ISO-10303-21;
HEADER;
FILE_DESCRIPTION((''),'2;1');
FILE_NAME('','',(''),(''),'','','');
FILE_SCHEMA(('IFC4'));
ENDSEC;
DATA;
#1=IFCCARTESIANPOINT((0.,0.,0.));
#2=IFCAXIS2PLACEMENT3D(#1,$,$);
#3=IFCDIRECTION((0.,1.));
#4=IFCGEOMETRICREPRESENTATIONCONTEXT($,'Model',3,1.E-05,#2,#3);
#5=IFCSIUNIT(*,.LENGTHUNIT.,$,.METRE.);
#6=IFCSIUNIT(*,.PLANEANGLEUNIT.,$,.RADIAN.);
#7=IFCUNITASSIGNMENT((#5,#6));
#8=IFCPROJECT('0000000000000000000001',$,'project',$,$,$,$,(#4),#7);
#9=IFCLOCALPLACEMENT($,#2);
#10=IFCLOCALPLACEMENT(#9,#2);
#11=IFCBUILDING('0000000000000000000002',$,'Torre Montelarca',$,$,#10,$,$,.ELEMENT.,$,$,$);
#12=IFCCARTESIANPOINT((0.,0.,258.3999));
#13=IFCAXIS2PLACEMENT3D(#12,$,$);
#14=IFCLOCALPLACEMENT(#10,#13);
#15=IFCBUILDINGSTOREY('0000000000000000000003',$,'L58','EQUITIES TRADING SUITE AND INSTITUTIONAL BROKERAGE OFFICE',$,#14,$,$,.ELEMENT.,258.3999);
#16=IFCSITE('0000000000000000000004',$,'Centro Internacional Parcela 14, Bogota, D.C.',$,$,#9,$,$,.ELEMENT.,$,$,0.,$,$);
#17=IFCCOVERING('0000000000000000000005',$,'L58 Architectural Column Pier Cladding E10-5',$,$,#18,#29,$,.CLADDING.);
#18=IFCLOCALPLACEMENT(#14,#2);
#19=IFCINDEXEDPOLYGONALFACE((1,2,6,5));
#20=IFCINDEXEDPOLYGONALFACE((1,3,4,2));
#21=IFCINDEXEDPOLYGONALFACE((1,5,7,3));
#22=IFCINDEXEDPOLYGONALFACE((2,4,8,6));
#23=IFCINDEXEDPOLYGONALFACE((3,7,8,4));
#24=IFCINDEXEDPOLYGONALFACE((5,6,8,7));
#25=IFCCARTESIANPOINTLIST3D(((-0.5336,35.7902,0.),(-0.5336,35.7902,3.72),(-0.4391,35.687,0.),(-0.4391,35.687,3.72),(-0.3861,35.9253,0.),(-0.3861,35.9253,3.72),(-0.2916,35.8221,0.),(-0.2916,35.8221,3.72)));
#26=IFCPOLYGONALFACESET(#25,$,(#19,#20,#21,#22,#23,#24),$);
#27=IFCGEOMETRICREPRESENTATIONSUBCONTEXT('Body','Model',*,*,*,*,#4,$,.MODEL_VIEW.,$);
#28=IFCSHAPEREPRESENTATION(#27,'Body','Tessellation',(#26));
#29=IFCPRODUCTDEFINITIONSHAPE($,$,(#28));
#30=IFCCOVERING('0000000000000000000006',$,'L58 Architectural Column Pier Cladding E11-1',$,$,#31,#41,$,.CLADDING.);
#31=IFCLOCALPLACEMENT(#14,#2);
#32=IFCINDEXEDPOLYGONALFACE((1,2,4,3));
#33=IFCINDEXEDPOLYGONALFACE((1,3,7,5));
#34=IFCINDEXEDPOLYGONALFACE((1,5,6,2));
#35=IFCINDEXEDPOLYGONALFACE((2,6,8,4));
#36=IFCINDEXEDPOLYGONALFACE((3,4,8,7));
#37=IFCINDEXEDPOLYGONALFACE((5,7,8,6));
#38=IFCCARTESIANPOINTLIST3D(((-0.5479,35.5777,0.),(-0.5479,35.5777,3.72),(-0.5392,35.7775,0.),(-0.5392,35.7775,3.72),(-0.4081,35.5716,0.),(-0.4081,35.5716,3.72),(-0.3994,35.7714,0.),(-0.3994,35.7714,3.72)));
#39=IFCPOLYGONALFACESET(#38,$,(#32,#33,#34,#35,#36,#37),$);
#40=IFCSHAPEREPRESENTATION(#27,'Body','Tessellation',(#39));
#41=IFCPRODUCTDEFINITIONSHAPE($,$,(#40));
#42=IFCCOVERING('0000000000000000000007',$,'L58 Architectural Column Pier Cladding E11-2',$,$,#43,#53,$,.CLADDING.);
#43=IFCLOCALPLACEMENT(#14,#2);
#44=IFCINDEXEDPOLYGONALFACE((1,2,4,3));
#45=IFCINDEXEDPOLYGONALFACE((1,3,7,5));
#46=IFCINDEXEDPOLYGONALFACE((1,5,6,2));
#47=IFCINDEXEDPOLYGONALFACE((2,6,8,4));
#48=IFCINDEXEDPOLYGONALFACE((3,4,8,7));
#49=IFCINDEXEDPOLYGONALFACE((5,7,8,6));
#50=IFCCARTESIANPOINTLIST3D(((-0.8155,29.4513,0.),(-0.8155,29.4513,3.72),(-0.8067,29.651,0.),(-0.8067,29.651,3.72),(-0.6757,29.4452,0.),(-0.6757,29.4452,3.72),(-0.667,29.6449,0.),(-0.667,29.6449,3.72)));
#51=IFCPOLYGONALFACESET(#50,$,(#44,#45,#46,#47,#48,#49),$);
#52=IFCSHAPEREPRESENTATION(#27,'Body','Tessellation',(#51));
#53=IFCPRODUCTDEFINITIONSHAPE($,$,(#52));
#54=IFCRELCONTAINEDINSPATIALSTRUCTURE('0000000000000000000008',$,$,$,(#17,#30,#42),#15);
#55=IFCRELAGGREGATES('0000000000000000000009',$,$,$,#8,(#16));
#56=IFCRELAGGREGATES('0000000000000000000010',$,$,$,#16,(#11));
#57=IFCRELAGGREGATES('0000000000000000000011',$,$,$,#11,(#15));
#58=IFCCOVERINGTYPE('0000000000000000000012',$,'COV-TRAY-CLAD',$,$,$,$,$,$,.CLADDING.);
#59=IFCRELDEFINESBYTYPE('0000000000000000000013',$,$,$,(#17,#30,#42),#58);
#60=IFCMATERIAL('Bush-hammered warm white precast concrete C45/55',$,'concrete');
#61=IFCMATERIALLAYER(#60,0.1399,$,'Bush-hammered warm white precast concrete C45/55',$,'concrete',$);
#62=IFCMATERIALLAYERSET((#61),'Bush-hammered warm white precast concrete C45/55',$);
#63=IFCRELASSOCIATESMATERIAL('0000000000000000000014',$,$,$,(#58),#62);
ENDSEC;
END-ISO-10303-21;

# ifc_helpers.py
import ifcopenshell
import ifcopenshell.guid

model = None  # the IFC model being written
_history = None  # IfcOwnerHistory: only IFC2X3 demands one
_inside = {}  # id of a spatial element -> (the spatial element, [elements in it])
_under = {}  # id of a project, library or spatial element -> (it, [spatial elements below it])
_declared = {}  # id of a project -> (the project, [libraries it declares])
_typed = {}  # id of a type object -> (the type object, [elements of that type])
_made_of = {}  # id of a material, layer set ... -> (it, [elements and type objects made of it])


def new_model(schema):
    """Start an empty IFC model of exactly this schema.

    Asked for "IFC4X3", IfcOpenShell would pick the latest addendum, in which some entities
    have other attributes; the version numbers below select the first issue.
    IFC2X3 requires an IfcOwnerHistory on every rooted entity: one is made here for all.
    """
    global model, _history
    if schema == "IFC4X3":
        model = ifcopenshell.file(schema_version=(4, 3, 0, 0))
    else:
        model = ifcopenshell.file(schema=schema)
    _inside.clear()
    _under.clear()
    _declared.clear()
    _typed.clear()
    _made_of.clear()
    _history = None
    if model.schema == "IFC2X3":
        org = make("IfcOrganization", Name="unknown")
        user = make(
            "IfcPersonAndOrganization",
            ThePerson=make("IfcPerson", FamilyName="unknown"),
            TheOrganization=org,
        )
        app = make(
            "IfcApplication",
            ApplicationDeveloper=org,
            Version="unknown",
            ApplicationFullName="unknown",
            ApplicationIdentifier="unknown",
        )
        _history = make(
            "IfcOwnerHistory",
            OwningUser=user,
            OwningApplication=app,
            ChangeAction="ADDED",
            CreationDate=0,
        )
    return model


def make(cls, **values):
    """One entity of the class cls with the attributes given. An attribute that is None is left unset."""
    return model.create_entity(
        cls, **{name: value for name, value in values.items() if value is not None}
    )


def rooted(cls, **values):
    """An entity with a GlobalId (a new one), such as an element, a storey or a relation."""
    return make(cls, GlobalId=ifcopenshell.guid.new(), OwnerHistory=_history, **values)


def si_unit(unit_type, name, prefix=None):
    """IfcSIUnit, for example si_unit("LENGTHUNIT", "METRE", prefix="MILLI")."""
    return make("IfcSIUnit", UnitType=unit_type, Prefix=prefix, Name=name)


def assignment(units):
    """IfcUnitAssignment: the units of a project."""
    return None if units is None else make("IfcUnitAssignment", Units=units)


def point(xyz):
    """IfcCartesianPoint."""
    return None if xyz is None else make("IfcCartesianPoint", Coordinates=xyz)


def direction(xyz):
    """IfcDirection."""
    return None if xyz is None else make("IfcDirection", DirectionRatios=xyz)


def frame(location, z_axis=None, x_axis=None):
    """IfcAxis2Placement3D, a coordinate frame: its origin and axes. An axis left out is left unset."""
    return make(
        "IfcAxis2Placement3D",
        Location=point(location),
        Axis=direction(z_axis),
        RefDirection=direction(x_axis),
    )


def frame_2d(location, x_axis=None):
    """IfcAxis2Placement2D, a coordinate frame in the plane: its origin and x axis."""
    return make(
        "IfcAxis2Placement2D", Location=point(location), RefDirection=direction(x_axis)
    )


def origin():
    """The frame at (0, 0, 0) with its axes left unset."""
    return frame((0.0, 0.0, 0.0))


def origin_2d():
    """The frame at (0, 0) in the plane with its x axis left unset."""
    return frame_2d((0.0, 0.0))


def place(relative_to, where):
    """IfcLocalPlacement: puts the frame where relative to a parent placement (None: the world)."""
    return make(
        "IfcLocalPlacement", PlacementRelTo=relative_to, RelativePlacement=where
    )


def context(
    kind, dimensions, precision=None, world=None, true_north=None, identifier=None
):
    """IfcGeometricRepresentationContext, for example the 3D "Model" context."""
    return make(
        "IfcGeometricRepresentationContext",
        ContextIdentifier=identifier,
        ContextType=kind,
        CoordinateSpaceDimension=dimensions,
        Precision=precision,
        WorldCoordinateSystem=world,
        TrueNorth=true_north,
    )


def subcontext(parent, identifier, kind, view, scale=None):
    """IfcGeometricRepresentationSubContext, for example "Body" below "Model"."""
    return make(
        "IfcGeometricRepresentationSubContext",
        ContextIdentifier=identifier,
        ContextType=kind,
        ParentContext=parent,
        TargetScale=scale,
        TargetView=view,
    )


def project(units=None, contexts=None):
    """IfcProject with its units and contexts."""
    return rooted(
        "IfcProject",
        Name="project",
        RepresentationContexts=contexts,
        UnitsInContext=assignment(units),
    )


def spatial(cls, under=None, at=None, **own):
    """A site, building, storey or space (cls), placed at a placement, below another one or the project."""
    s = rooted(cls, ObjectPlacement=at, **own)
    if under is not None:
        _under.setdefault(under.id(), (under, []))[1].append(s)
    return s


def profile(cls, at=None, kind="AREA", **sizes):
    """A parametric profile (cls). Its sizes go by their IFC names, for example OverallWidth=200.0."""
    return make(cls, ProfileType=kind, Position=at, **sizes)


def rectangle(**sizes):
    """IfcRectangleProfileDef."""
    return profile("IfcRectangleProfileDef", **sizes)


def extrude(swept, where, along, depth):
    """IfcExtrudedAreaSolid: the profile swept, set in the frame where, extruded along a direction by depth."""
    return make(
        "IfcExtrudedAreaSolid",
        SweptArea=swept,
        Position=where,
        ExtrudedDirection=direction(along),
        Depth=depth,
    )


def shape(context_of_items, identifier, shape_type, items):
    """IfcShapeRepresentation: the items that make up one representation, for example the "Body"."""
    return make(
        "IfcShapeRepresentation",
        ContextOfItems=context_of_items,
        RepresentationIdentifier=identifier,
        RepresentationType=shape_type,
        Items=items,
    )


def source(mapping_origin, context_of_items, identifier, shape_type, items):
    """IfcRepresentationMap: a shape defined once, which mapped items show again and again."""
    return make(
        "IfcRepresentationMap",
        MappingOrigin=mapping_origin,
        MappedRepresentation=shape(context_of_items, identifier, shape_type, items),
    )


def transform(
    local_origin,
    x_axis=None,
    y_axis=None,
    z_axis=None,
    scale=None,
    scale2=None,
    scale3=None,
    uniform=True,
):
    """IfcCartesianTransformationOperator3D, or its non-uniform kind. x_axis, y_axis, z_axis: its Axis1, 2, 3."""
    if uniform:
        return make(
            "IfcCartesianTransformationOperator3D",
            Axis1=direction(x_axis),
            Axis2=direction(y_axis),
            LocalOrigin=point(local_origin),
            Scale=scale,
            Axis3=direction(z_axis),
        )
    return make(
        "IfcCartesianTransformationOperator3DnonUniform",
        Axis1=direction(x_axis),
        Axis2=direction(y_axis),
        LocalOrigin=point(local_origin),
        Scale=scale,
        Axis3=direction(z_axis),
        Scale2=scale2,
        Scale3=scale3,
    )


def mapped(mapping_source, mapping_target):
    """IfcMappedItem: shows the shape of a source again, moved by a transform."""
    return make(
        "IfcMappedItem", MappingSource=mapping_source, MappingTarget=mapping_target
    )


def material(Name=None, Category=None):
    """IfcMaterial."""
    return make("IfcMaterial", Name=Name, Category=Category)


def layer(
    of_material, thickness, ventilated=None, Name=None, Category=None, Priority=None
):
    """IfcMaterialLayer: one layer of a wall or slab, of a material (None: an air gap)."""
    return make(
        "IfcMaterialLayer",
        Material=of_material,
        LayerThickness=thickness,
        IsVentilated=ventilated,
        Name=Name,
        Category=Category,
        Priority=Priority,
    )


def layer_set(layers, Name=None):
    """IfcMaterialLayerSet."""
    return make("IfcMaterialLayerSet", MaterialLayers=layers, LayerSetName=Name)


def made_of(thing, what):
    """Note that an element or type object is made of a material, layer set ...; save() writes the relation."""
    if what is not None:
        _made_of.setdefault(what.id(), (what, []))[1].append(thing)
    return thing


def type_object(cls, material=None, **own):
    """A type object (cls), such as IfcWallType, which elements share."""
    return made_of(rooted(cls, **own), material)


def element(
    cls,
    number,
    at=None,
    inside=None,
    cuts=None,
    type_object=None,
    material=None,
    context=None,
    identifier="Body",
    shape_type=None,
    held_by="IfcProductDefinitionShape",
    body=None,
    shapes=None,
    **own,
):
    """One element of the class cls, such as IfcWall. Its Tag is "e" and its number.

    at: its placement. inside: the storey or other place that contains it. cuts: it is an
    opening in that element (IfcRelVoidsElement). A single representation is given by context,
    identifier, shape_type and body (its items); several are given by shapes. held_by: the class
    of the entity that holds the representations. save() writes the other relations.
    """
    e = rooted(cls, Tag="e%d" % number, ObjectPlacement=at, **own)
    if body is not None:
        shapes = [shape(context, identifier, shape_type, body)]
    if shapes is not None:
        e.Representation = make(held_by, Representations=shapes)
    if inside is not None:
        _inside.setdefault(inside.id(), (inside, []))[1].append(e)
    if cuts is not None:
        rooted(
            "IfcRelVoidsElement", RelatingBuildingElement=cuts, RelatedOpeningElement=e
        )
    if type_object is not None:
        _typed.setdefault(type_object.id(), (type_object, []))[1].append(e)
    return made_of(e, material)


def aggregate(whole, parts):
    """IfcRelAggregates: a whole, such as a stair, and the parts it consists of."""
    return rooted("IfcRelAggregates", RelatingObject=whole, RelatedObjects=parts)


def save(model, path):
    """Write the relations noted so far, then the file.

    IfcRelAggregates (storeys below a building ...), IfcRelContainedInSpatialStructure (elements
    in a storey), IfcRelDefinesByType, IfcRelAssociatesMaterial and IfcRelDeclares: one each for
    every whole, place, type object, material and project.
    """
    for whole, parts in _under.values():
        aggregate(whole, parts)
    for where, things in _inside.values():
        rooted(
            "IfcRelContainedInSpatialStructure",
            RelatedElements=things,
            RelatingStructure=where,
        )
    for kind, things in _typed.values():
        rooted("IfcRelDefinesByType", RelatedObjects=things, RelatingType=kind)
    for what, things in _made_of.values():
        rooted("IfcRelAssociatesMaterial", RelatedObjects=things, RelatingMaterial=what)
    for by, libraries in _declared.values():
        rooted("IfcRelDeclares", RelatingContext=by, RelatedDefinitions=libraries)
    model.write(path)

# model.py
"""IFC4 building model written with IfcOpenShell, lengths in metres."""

from ifc_helpers import new_model, si_unit, direction, frame, origin, origin_2d, place, context, subcontext, project, spatial, rectangle, extrude, source, transform, mapped, material, layer, layer_set, type_object, element, save


model = new_model("IFC4")

# Units and contexts
model_context = context("Model", 3, precision=1e-05, world=origin(), true_north=direction((0.0, 1.0)))
body_context = subcontext(model_context, "Body", "Model", "MODEL_VIEW")
ifc_project = project(units=[si_unit("LENGTHUNIT", "METRE"), si_unit("PLANEANGLEUNIT", "RADIAN")], contexts=[model_context])

# Site, building, storey
site_placement = place(None, origin())
site = spatial("IfcSite", under=ifc_project, at=site_placement, Name="Centro Internacional Parcela 14, Bogota, D.C.", CompositionType="ELEMENT", RefElevation=0.0)
building_placement = place(site_placement, origin())
building = spatial("IfcBuilding", under=site, at=building_placement, Name="Torre Montelarca", CompositionType="ELEMENT")
storey_placement = place(building_placement, frame((0.0, 0.0, 258.3999)))
storey = spatial("IfcBuildingStorey", under=building, at=storey_placement, Name="L58", Description="EQUITIES TRADING SUITE AND INSTITUTIONAL BROKERAGE OFFICE", CompositionType="ELEMENT", Elevation=258.3999)

# Coverings
ifc_material_1 = material(Name="Bush-hammered warm white precast concrete C45/55", Category="concrete")
ifc_layer_1 = layer(ifc_material_1, 0.1399, Name="Bush-hammered warm white precast concrete C45/55", Category="concrete")
ifc_layer_set_1 = layer_set([ifc_layer_1], Name="Bush-hammered warm white precast concrete C45/55")
covering_type = type_object("IfcCoveringType", Name="COV-TRAY-CLAD", PredefinedType="CLADDING", material=ifc_layer_set_1)
shared_shape_1 = source(origin(), body_context, "Body", "SweptSolid", [
    extrude(rectangle(XDim=0.2, YDim=0.1399, at=origin_2d()), origin(), (0.0, 0.0, 1.0), 3.72),
])
for number, where, z_axis, x_axis, name in (
    (1, (-0.4126, 35.8062, 0.0), (0.0, 0.0, 1.0), (-0.737276, -0.675591, 0.0), "L58 Architectural Column Pier Cladding E10-5"),
    (2, (-0.4736, 35.6746, 0.0), (0.0, 0.0, 1.0), (-0.043628, -0.999048, 0.0), "L58 Architectural Column Pier Cladding E11-1"),
    (3, (-0.7412, 29.5481, 0.0), (0.0, 0.0, 1.0), (-0.043628, -0.999048, 0.0), "L58 Architectural Column Pier Cladding E11-2"),
):
    element("IfcCovering", number, at=place(storey_placement, frame(where, z_axis=z_axis, x_axis=x_axis)), inside=storey, type_object=covering_type, Name=name, PredefinedType="CLADDING", context=body_context, shape_type="MappedRepresentation", body=[
        mapped(shared_shape_1, transform((0.0, 0.0, 0.0), scale=1.0)),
    ])

save(model, "model.ifc")
